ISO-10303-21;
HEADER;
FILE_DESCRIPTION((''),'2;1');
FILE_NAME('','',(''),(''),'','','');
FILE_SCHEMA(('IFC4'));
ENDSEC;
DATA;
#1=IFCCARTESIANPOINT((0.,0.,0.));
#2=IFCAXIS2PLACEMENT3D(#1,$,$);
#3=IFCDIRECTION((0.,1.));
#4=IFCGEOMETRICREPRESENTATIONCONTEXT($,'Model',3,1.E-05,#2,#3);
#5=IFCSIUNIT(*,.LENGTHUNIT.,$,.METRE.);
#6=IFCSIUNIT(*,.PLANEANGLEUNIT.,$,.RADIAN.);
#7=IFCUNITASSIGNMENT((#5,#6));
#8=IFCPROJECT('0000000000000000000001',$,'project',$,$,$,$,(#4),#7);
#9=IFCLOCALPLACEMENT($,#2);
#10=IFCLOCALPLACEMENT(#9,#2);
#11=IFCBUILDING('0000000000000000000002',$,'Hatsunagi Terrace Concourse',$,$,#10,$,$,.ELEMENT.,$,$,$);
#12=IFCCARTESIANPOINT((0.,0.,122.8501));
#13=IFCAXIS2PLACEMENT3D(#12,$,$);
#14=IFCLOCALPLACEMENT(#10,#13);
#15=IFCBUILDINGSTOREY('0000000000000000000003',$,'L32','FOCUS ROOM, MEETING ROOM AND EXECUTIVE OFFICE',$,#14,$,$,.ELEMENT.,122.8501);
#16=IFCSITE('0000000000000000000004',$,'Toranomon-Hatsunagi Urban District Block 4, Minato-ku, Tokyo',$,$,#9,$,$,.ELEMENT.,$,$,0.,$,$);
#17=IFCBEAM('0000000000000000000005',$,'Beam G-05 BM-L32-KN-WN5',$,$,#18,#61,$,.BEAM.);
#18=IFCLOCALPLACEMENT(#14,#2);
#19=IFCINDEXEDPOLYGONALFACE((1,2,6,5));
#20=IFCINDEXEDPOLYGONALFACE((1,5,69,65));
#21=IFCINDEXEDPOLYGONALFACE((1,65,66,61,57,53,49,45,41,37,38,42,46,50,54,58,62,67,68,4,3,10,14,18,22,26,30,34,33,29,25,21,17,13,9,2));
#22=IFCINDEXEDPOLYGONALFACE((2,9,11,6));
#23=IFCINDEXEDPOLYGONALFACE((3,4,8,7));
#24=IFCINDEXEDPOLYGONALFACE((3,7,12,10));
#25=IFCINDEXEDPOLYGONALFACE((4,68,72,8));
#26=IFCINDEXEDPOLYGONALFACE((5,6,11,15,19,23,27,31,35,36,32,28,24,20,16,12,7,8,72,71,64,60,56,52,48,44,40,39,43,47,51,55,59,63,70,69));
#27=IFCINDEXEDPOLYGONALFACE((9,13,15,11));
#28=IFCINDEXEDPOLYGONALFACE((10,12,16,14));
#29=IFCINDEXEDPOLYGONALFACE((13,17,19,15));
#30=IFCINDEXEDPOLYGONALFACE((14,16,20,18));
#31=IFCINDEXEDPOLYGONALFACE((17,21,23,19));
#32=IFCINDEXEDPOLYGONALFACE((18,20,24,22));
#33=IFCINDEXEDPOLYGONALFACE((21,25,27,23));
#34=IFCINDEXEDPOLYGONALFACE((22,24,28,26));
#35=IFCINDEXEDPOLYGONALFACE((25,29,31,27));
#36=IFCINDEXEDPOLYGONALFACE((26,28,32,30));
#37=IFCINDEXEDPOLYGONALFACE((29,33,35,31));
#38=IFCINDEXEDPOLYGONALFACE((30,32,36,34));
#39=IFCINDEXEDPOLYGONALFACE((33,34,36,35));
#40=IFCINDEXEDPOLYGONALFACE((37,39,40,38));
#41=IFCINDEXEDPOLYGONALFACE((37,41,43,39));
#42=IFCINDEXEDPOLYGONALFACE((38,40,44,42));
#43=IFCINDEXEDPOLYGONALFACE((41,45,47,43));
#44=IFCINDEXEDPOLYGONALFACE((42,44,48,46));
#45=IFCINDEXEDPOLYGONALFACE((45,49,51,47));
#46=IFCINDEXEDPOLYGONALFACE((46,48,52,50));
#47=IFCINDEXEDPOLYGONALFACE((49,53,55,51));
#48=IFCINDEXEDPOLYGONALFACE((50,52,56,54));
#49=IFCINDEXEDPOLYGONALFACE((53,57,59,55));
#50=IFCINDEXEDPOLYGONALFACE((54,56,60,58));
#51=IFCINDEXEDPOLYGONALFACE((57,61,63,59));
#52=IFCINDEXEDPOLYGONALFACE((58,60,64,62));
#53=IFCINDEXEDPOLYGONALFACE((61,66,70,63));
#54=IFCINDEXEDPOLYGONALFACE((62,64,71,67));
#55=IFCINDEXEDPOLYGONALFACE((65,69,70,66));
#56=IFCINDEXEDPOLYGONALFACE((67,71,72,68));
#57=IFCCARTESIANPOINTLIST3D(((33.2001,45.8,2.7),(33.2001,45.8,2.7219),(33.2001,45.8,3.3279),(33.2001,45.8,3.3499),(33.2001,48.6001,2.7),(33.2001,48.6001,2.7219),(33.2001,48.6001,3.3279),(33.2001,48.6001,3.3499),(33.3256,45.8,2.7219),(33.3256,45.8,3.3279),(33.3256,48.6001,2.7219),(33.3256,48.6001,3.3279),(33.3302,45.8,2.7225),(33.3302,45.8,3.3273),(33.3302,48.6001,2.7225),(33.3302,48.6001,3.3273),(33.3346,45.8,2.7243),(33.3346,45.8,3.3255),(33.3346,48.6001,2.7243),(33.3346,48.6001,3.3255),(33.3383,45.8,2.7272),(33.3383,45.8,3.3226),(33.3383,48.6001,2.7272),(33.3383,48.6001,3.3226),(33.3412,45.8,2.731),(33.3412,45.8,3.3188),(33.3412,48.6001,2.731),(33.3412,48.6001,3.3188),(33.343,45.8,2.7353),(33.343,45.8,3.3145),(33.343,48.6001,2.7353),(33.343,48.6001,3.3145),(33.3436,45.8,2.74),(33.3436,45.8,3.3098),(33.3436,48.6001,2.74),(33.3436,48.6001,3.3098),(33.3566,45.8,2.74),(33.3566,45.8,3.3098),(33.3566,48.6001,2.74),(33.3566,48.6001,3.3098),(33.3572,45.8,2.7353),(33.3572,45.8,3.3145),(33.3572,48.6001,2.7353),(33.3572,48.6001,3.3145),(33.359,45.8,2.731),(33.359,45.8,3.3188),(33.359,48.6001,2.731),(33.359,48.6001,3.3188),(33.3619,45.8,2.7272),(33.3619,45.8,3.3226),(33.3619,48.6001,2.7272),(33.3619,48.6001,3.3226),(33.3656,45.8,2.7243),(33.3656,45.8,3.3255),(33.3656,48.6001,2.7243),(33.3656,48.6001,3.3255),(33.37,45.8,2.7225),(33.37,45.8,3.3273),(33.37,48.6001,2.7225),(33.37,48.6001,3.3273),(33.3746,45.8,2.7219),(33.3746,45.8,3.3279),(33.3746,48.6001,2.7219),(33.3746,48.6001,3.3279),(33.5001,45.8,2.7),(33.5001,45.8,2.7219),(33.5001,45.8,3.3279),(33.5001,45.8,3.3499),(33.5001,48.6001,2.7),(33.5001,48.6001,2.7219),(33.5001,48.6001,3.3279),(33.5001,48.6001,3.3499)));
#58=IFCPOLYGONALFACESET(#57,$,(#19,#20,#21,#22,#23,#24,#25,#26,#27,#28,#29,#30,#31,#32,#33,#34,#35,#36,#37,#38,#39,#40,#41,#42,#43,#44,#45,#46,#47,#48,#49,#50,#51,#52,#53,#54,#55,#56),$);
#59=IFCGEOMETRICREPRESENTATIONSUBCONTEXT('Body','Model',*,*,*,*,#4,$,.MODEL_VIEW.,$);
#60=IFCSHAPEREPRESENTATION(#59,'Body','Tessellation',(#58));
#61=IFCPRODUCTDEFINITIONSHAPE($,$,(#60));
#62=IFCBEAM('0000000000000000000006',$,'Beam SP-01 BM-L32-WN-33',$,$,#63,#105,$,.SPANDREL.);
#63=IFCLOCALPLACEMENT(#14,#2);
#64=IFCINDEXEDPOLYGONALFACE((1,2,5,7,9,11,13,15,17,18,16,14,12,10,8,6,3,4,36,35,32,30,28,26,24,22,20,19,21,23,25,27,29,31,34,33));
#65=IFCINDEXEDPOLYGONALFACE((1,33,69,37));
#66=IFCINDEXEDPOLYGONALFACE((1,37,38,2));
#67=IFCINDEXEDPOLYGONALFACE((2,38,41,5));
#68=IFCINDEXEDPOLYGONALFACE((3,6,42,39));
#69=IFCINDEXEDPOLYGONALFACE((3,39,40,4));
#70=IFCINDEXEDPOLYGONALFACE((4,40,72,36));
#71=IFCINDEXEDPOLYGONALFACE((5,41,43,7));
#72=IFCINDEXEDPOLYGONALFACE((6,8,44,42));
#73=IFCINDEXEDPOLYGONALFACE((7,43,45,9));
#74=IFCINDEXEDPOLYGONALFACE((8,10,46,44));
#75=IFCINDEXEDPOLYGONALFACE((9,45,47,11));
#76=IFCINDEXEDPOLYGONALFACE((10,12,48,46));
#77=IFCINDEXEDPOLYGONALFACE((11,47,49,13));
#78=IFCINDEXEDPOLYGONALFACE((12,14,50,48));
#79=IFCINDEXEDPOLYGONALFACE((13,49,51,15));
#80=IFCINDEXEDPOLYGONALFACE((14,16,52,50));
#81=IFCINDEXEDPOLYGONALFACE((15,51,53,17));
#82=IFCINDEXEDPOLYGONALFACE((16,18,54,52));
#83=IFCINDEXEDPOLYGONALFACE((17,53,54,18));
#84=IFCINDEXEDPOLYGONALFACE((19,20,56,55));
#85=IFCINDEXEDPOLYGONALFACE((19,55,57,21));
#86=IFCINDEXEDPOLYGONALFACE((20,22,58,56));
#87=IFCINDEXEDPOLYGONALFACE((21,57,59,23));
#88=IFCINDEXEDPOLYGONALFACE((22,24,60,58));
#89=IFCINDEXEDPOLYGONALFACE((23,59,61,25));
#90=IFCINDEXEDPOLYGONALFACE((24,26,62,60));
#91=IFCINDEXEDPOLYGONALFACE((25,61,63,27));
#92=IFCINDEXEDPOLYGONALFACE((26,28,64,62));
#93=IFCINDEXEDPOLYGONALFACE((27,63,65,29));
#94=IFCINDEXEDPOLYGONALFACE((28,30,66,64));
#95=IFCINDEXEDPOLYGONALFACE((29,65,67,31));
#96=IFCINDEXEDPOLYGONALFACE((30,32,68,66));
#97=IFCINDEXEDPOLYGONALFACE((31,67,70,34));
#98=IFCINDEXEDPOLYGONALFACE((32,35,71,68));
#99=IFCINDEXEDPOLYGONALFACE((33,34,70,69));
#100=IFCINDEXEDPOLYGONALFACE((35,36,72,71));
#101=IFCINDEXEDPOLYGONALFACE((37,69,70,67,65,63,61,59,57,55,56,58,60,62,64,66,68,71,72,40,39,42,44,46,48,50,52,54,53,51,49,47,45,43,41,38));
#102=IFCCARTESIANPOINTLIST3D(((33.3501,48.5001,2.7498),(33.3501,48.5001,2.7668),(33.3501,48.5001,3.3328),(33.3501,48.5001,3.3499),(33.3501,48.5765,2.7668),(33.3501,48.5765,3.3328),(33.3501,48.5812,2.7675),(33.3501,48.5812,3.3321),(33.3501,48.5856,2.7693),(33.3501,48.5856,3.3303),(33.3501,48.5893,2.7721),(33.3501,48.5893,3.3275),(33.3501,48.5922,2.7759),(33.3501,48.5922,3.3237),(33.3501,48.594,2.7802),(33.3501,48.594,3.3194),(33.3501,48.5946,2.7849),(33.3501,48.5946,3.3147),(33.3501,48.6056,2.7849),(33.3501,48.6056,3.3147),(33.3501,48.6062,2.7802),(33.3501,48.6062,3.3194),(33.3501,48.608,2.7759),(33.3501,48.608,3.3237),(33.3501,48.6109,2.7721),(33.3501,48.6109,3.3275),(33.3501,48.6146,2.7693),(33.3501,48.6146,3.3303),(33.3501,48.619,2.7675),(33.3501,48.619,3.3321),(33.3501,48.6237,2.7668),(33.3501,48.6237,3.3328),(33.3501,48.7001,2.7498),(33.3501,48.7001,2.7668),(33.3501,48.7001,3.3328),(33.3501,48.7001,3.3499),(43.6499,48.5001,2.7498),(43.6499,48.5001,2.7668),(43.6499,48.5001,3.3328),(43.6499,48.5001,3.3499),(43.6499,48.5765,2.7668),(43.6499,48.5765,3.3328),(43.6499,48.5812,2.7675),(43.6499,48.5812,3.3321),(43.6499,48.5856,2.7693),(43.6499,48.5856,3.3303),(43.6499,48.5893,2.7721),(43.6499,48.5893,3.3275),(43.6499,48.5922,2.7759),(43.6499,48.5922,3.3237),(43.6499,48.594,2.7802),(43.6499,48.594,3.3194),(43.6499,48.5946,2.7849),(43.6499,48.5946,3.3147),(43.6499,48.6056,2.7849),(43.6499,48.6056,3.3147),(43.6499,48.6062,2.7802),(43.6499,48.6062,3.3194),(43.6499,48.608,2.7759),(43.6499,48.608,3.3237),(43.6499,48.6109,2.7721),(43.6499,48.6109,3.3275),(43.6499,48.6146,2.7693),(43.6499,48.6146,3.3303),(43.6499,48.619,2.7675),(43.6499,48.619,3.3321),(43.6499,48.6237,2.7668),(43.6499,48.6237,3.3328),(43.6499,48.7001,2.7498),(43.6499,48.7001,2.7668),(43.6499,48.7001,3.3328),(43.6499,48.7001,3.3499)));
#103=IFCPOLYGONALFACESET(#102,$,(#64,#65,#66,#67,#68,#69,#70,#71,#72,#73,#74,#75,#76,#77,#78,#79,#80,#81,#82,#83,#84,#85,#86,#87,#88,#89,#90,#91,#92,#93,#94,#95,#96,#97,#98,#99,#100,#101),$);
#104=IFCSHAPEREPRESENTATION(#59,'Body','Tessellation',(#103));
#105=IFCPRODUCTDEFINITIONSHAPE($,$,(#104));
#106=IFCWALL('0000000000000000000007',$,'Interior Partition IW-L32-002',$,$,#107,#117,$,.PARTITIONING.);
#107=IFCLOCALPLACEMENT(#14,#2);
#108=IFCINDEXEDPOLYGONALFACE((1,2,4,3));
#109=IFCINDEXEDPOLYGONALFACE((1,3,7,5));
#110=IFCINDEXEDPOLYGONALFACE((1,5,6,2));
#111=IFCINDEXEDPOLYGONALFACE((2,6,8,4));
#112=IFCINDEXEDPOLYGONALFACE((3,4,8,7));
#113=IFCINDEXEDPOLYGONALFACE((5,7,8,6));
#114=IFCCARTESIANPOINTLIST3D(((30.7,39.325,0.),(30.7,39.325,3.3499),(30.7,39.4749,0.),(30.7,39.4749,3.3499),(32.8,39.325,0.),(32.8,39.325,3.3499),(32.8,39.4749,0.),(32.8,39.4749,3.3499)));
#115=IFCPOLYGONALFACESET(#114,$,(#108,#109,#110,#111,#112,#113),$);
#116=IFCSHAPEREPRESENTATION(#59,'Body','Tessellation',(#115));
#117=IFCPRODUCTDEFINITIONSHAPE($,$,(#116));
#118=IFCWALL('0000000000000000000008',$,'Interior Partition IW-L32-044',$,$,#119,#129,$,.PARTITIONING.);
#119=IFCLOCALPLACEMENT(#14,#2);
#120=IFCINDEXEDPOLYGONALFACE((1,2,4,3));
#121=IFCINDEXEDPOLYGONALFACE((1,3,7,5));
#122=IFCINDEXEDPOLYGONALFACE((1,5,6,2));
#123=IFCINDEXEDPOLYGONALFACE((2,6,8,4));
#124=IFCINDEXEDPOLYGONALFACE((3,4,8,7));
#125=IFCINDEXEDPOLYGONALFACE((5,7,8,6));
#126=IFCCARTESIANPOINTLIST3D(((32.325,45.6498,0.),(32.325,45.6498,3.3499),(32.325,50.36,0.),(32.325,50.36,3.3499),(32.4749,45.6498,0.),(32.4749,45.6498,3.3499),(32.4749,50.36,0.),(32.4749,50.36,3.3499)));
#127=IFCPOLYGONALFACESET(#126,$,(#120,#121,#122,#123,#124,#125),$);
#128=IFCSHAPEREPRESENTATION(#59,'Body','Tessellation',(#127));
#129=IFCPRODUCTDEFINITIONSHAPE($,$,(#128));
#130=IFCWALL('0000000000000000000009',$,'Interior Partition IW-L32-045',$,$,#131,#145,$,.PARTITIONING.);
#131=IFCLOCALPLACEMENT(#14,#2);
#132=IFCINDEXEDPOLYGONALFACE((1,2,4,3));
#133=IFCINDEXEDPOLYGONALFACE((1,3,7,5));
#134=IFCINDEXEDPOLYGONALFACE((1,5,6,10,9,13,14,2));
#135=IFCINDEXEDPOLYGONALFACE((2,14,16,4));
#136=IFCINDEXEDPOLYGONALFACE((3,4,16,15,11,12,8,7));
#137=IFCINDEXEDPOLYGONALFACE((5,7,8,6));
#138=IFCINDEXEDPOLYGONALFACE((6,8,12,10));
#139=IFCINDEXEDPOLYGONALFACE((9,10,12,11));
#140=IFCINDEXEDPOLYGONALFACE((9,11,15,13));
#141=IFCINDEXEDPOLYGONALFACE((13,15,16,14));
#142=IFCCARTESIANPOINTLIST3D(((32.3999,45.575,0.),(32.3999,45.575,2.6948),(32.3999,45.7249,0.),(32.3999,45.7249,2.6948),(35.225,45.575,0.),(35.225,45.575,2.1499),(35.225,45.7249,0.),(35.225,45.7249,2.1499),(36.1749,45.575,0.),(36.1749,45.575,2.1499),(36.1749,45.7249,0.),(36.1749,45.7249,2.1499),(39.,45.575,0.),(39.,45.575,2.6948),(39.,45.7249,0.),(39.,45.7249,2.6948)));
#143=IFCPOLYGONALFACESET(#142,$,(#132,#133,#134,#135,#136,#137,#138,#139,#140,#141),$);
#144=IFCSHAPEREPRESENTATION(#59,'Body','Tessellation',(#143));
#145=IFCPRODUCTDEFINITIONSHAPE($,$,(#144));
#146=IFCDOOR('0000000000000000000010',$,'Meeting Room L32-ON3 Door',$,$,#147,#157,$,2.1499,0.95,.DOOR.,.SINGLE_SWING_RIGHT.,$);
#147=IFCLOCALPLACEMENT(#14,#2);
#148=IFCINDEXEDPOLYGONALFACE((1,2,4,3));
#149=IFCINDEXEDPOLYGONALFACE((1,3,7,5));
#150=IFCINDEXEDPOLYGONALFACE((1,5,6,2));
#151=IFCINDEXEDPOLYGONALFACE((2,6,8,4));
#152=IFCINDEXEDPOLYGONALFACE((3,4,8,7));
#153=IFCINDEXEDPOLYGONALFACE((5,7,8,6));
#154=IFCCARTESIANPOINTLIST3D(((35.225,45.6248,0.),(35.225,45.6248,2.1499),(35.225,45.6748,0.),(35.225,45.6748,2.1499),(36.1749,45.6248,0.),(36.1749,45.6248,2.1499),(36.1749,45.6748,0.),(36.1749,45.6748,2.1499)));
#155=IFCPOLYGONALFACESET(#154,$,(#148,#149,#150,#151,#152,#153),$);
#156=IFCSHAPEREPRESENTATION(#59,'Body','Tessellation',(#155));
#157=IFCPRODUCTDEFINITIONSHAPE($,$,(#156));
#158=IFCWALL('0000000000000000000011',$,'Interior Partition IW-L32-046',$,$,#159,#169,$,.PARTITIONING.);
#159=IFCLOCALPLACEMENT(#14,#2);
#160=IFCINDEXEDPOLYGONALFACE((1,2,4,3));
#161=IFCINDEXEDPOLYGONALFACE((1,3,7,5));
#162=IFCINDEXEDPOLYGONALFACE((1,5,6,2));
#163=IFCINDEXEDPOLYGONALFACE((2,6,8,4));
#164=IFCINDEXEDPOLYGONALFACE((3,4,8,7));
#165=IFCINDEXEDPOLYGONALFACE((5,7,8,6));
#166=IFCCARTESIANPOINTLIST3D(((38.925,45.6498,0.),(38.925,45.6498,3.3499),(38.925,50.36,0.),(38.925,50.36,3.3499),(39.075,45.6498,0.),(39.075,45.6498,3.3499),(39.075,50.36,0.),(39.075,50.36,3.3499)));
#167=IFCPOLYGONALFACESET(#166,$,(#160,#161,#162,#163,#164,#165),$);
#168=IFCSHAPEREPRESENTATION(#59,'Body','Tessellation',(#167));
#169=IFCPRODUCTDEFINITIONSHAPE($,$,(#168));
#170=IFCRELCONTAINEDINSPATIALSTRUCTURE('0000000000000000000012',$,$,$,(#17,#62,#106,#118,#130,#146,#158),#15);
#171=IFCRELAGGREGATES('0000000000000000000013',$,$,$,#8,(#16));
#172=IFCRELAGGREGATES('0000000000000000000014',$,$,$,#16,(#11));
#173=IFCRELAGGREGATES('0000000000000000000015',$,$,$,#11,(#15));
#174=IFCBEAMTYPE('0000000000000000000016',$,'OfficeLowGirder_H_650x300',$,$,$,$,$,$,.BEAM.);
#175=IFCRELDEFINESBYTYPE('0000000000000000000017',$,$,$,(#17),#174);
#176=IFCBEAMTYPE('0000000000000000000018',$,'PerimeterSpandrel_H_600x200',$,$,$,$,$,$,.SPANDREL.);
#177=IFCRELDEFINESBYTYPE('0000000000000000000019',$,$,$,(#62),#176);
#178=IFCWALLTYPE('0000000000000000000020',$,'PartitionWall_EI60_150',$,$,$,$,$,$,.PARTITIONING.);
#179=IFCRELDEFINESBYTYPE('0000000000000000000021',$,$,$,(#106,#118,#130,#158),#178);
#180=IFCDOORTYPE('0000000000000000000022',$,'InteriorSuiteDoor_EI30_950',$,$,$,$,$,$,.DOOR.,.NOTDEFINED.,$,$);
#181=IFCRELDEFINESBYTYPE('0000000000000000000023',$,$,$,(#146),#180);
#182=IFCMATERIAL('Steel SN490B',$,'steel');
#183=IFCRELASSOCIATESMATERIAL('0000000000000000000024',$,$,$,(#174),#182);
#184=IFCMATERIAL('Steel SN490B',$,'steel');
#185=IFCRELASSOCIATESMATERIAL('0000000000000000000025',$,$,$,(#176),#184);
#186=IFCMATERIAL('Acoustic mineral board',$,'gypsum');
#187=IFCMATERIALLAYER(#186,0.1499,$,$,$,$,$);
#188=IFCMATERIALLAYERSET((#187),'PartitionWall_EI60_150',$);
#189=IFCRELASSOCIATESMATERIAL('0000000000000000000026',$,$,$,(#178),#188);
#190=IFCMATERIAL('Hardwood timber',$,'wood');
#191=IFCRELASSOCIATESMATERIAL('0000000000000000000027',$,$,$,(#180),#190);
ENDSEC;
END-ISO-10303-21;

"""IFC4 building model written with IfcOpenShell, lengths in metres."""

from ifc_helpers import new_model, si_unit, direction, frame, frame_2d, origin, origin_2d, place, context, subcontext, project, spatial, rectangle, i_section, extrude, material, layer, layer_set, material_profile, profile_set, type_object, element, fill, save


model = new_model("IFC4")

# Units and contexts
model_context = context("Model", 3, precision=1e-05, world=origin(), true_north=direction((0.0, 1.0)))
body_context = subcontext(model_context, "Body", "Model", "MODEL_VIEW")
ifc_project = project(units=[si_unit("LENGTHUNIT", "METRE"), si_unit("PLANEANGLEUNIT", "RADIAN")], contexts=[model_context])

# Site, building, storey
site_placement = place(None, origin())
site = spatial("IfcSite", under=ifc_project, at=site_placement, Name="Toranomon-Hatsunagi Urban District Block 4, Minato-ku, Tokyo", CompositionType="ELEMENT", RefElevation=0.0)
building_placement = place(site_placement, origin())
building = spatial("IfcBuilding", under=site, at=building_placement, Name="Hatsunagi Terrace Concourse", CompositionType="ELEMENT")
storey_placement = place(building_placement, frame((0.0, 0.0, 122.8501)))
storey = spatial("IfcBuildingStorey", under=building, at=storey_placement, Name="L32", Description="FOCUS ROOM, MEETING ROOM AND EXECUTIVE OFFICE", CompositionType="ELEMENT", Elevation=122.8501)

# Beams
ifc_material_1 = material(Name="Steel SN490B", Category="steel")
ifc_material_profile_1 = material_profile(ifc_material_1, i_section(OverallWidth=0.3, OverallDepth=0.6499, WebThickness=0.0129, FlangeThickness=0.022, FilletRadius=0.0181, at=origin_2d()), Name="H-650x300x13x22")
ifc_profile_set_1 = profile_set([ifc_material_profile_1], Name="Steel SN490B")
beam_type_1 = type_object("IfcBeamType", Name="OfficeLowGirder_H_650x300", PredefinedType="BEAM", material=ifc_profile_set_1)
beam_1_placement = place(storey_placement, frame((33.3501, 45.8, 3.0249), z_axis=(0.0, 1.0, 0.0), x_axis=(-1.0, 0.0, 0.0)))
element("IfcBeam", 1, at=beam_1_placement, inside=storey, type_object=beam_type_1, Name="Beam G-05 BM-L32-KN-WN5", PredefinedType="BEAM", context=body_context, shape_type="SweptSolid", body=[
    extrude(i_section(OverallWidth=0.3, OverallDepth=0.6499, WebThickness=0.0129, FlangeThickness=0.022, FilletRadius=0.0181, at=origin_2d()), origin(), (0.0, 0.0, 1.0), 2.8),
])
ifc_material_2 = material(Name="Steel SN490B", Category="steel")
ifc_material_profile_2 = material_profile(ifc_material_2, i_section(OverallWidth=0.2, OverallDepth=0.6001, WebThickness=0.011, FlangeThickness=0.0171, FilletRadius=0.0181, at=origin_2d()), Name="H-600x200x11x17")
ifc_profile_set_2 = profile_set([ifc_material_profile_2], Name="Steel SN490B")
beam_type_2 = type_object("IfcBeamType", Name="PerimeterSpandrel_H_600x200", PredefinedType="SPANDREL", material=ifc_profile_set_2)
beam_2_placement = place(storey_placement, frame((33.3501, 48.6001, 3.0498), z_axis=(1.0, 0.0, 0.0), x_axis=(0.0, 1.0, 0.0)))
element("IfcBeam", 2, at=beam_2_placement, inside=storey, type_object=beam_type_2, Name="Beam SP-01 BM-L32-WN-33", PredefinedType="SPANDREL", context=body_context, shape_type="SweptSolid", body=[
    extrude(i_section(OverallWidth=0.2, OverallDepth=0.6001, WebThickness=0.011, FlangeThickness=0.0171, FilletRadius=0.0181, at=origin_2d()), origin(), (0.0, 0.0, 1.0), 10.2998),
])

# Walls
ifc_material_3 = material(Name="Acoustic mineral board", Category="gypsum")
ifc_layer_1 = layer(ifc_material_3, 0.1499)
ifc_layer_set_1 = layer_set([ifc_layer_1], Name="PartitionWall_EI60_150")
wall_type_1 = type_object("IfcWallType", Name="PartitionWall_EI60_150", PredefinedType="PARTITIONING", material=ifc_layer_set_1)
wall_1_placement = place(storey_placement, frame((30.7, 39.3999, 0.0), z_axis=(0.0, 0.0, 1.0), x_axis=(1.0, 0.0, 0.0)))
element("IfcWall", 3, at=wall_1_placement, inside=storey, type_object=wall_type_1, Name="Interior Partition IW-L32-002", PredefinedType="PARTITIONING", context=body_context, shape_type="SweptSolid", body=[
    extrude(rectangle(XDim=2.1001, YDim=0.1499, at=frame_2d((1.05, 0.0))), origin(), (0.0, 0.0, 1.0), 3.3499),
])
wall_2_placement = place(storey_placement, frame((32.3999, 45.6499, 0.0), z_axis=(0.0, 0.0, 1.0), x_axis=(0.0, 1.0, 0.0)))
element("IfcWall", 4, at=wall_2_placement, inside=storey, type_object=wall_type_1, Name="Interior Partition IW-L32-044", PredefinedType="PARTITIONING", context=body_context, shape_type="SweptSolid", body=[
    extrude(rectangle(XDim=4.7102, YDim=0.1499, at=frame_2d((2.355, 0.0))), origin(), (0.0, 0.0, 1.0), 3.3499),
])

# Wall, opening, door
wall_3_placement = place(storey_placement, frame((32.3999, 45.6499, 0.0), z_axis=(0.0, 0.0, 1.0), x_axis=(1.0, 0.0, 0.0)))
wall_3 = element("IfcWall", 5, at=wall_3_placement, inside=storey, type_object=wall_type_1, Name="Interior Partition IW-L32-045", PredefinedType="PARTITIONING", context=body_context, shape_type="SweptSolid", body=[
    extrude(rectangle(XDim=6.6001, YDim=0.1499, at=frame_2d((3.3, 0.0))), origin(), (0.0, 0.0, 1.0), 2.6948),
])
opening_1_placement = place(wall_3_placement, frame((2.825, 0.0, 0.0)))
opening_1 = element("IfcOpeningElement", 6, at=opening_1_placement, cuts=wall_3, PredefinedType="OPENING", context=body_context, shape_type="SweptSolid", body=[
    extrude(rectangle(XDim=0.95, YDim=2.1499, at=frame_2d((0.4751, 1.075))), frame((0.0, 0.085, 0.0), z_axis=(0.0, -1.0, 0.0), x_axis=(1.0, 0.0, 0.0)), (0.0, 0.0, 1.0), 0.1699),
])
ifc_material_4 = material(Name="Hardwood timber", Category="wood")
door_type_1 = type_object("IfcDoorType", Name="InteriorSuiteDoor_EI30_950", OperationType="NOTDEFINED", PredefinedType="DOOR", material=ifc_material_4)
door_1_placement = place(opening_1_placement, origin())
door_1 = element("IfcDoor", 7, at=door_1_placement, inside=storey, type_object=door_type_1, Name="Meeting Room L32-ON3 Door", OperationType="SINGLE_SWING_RIGHT", OverallHeight=2.1499, OverallWidth=0.95, PredefinedType="DOOR", context=body_context, shape_type="SweptSolid", body=[
    extrude(rectangle(XDim=0.95, YDim=2.1499, at=frame_2d((0.4751, 1.075))), frame((0.0, 0.0249, 0.0), z_axis=(0.0, -1.0, 0.0), x_axis=(1.0, 0.0, 0.0)), (0.0, 0.0, 1.0), 0.05),
])
fill(opening_1, door_1)

# Wall
wall_4_placement = place(storey_placement, frame((39.0, 45.6499, 0.0), z_axis=(0.0, 0.0, 1.0), x_axis=(0.0, 1.0, 0.0)))
element("IfcWall", 8, at=wall_4_placement, inside=storey, type_object=wall_type_1, Name="Interior Partition IW-L32-046", PredefinedType="PARTITIONING", context=body_context, shape_type="SweptSolid", body=[
    extrude(rectangle(XDim=4.7102, YDim=0.1499, at=frame_2d((2.355, 0.0))), origin(), (0.0, 0.0, 1.0), 3.3499),
])

save(model, "model.ifc")
